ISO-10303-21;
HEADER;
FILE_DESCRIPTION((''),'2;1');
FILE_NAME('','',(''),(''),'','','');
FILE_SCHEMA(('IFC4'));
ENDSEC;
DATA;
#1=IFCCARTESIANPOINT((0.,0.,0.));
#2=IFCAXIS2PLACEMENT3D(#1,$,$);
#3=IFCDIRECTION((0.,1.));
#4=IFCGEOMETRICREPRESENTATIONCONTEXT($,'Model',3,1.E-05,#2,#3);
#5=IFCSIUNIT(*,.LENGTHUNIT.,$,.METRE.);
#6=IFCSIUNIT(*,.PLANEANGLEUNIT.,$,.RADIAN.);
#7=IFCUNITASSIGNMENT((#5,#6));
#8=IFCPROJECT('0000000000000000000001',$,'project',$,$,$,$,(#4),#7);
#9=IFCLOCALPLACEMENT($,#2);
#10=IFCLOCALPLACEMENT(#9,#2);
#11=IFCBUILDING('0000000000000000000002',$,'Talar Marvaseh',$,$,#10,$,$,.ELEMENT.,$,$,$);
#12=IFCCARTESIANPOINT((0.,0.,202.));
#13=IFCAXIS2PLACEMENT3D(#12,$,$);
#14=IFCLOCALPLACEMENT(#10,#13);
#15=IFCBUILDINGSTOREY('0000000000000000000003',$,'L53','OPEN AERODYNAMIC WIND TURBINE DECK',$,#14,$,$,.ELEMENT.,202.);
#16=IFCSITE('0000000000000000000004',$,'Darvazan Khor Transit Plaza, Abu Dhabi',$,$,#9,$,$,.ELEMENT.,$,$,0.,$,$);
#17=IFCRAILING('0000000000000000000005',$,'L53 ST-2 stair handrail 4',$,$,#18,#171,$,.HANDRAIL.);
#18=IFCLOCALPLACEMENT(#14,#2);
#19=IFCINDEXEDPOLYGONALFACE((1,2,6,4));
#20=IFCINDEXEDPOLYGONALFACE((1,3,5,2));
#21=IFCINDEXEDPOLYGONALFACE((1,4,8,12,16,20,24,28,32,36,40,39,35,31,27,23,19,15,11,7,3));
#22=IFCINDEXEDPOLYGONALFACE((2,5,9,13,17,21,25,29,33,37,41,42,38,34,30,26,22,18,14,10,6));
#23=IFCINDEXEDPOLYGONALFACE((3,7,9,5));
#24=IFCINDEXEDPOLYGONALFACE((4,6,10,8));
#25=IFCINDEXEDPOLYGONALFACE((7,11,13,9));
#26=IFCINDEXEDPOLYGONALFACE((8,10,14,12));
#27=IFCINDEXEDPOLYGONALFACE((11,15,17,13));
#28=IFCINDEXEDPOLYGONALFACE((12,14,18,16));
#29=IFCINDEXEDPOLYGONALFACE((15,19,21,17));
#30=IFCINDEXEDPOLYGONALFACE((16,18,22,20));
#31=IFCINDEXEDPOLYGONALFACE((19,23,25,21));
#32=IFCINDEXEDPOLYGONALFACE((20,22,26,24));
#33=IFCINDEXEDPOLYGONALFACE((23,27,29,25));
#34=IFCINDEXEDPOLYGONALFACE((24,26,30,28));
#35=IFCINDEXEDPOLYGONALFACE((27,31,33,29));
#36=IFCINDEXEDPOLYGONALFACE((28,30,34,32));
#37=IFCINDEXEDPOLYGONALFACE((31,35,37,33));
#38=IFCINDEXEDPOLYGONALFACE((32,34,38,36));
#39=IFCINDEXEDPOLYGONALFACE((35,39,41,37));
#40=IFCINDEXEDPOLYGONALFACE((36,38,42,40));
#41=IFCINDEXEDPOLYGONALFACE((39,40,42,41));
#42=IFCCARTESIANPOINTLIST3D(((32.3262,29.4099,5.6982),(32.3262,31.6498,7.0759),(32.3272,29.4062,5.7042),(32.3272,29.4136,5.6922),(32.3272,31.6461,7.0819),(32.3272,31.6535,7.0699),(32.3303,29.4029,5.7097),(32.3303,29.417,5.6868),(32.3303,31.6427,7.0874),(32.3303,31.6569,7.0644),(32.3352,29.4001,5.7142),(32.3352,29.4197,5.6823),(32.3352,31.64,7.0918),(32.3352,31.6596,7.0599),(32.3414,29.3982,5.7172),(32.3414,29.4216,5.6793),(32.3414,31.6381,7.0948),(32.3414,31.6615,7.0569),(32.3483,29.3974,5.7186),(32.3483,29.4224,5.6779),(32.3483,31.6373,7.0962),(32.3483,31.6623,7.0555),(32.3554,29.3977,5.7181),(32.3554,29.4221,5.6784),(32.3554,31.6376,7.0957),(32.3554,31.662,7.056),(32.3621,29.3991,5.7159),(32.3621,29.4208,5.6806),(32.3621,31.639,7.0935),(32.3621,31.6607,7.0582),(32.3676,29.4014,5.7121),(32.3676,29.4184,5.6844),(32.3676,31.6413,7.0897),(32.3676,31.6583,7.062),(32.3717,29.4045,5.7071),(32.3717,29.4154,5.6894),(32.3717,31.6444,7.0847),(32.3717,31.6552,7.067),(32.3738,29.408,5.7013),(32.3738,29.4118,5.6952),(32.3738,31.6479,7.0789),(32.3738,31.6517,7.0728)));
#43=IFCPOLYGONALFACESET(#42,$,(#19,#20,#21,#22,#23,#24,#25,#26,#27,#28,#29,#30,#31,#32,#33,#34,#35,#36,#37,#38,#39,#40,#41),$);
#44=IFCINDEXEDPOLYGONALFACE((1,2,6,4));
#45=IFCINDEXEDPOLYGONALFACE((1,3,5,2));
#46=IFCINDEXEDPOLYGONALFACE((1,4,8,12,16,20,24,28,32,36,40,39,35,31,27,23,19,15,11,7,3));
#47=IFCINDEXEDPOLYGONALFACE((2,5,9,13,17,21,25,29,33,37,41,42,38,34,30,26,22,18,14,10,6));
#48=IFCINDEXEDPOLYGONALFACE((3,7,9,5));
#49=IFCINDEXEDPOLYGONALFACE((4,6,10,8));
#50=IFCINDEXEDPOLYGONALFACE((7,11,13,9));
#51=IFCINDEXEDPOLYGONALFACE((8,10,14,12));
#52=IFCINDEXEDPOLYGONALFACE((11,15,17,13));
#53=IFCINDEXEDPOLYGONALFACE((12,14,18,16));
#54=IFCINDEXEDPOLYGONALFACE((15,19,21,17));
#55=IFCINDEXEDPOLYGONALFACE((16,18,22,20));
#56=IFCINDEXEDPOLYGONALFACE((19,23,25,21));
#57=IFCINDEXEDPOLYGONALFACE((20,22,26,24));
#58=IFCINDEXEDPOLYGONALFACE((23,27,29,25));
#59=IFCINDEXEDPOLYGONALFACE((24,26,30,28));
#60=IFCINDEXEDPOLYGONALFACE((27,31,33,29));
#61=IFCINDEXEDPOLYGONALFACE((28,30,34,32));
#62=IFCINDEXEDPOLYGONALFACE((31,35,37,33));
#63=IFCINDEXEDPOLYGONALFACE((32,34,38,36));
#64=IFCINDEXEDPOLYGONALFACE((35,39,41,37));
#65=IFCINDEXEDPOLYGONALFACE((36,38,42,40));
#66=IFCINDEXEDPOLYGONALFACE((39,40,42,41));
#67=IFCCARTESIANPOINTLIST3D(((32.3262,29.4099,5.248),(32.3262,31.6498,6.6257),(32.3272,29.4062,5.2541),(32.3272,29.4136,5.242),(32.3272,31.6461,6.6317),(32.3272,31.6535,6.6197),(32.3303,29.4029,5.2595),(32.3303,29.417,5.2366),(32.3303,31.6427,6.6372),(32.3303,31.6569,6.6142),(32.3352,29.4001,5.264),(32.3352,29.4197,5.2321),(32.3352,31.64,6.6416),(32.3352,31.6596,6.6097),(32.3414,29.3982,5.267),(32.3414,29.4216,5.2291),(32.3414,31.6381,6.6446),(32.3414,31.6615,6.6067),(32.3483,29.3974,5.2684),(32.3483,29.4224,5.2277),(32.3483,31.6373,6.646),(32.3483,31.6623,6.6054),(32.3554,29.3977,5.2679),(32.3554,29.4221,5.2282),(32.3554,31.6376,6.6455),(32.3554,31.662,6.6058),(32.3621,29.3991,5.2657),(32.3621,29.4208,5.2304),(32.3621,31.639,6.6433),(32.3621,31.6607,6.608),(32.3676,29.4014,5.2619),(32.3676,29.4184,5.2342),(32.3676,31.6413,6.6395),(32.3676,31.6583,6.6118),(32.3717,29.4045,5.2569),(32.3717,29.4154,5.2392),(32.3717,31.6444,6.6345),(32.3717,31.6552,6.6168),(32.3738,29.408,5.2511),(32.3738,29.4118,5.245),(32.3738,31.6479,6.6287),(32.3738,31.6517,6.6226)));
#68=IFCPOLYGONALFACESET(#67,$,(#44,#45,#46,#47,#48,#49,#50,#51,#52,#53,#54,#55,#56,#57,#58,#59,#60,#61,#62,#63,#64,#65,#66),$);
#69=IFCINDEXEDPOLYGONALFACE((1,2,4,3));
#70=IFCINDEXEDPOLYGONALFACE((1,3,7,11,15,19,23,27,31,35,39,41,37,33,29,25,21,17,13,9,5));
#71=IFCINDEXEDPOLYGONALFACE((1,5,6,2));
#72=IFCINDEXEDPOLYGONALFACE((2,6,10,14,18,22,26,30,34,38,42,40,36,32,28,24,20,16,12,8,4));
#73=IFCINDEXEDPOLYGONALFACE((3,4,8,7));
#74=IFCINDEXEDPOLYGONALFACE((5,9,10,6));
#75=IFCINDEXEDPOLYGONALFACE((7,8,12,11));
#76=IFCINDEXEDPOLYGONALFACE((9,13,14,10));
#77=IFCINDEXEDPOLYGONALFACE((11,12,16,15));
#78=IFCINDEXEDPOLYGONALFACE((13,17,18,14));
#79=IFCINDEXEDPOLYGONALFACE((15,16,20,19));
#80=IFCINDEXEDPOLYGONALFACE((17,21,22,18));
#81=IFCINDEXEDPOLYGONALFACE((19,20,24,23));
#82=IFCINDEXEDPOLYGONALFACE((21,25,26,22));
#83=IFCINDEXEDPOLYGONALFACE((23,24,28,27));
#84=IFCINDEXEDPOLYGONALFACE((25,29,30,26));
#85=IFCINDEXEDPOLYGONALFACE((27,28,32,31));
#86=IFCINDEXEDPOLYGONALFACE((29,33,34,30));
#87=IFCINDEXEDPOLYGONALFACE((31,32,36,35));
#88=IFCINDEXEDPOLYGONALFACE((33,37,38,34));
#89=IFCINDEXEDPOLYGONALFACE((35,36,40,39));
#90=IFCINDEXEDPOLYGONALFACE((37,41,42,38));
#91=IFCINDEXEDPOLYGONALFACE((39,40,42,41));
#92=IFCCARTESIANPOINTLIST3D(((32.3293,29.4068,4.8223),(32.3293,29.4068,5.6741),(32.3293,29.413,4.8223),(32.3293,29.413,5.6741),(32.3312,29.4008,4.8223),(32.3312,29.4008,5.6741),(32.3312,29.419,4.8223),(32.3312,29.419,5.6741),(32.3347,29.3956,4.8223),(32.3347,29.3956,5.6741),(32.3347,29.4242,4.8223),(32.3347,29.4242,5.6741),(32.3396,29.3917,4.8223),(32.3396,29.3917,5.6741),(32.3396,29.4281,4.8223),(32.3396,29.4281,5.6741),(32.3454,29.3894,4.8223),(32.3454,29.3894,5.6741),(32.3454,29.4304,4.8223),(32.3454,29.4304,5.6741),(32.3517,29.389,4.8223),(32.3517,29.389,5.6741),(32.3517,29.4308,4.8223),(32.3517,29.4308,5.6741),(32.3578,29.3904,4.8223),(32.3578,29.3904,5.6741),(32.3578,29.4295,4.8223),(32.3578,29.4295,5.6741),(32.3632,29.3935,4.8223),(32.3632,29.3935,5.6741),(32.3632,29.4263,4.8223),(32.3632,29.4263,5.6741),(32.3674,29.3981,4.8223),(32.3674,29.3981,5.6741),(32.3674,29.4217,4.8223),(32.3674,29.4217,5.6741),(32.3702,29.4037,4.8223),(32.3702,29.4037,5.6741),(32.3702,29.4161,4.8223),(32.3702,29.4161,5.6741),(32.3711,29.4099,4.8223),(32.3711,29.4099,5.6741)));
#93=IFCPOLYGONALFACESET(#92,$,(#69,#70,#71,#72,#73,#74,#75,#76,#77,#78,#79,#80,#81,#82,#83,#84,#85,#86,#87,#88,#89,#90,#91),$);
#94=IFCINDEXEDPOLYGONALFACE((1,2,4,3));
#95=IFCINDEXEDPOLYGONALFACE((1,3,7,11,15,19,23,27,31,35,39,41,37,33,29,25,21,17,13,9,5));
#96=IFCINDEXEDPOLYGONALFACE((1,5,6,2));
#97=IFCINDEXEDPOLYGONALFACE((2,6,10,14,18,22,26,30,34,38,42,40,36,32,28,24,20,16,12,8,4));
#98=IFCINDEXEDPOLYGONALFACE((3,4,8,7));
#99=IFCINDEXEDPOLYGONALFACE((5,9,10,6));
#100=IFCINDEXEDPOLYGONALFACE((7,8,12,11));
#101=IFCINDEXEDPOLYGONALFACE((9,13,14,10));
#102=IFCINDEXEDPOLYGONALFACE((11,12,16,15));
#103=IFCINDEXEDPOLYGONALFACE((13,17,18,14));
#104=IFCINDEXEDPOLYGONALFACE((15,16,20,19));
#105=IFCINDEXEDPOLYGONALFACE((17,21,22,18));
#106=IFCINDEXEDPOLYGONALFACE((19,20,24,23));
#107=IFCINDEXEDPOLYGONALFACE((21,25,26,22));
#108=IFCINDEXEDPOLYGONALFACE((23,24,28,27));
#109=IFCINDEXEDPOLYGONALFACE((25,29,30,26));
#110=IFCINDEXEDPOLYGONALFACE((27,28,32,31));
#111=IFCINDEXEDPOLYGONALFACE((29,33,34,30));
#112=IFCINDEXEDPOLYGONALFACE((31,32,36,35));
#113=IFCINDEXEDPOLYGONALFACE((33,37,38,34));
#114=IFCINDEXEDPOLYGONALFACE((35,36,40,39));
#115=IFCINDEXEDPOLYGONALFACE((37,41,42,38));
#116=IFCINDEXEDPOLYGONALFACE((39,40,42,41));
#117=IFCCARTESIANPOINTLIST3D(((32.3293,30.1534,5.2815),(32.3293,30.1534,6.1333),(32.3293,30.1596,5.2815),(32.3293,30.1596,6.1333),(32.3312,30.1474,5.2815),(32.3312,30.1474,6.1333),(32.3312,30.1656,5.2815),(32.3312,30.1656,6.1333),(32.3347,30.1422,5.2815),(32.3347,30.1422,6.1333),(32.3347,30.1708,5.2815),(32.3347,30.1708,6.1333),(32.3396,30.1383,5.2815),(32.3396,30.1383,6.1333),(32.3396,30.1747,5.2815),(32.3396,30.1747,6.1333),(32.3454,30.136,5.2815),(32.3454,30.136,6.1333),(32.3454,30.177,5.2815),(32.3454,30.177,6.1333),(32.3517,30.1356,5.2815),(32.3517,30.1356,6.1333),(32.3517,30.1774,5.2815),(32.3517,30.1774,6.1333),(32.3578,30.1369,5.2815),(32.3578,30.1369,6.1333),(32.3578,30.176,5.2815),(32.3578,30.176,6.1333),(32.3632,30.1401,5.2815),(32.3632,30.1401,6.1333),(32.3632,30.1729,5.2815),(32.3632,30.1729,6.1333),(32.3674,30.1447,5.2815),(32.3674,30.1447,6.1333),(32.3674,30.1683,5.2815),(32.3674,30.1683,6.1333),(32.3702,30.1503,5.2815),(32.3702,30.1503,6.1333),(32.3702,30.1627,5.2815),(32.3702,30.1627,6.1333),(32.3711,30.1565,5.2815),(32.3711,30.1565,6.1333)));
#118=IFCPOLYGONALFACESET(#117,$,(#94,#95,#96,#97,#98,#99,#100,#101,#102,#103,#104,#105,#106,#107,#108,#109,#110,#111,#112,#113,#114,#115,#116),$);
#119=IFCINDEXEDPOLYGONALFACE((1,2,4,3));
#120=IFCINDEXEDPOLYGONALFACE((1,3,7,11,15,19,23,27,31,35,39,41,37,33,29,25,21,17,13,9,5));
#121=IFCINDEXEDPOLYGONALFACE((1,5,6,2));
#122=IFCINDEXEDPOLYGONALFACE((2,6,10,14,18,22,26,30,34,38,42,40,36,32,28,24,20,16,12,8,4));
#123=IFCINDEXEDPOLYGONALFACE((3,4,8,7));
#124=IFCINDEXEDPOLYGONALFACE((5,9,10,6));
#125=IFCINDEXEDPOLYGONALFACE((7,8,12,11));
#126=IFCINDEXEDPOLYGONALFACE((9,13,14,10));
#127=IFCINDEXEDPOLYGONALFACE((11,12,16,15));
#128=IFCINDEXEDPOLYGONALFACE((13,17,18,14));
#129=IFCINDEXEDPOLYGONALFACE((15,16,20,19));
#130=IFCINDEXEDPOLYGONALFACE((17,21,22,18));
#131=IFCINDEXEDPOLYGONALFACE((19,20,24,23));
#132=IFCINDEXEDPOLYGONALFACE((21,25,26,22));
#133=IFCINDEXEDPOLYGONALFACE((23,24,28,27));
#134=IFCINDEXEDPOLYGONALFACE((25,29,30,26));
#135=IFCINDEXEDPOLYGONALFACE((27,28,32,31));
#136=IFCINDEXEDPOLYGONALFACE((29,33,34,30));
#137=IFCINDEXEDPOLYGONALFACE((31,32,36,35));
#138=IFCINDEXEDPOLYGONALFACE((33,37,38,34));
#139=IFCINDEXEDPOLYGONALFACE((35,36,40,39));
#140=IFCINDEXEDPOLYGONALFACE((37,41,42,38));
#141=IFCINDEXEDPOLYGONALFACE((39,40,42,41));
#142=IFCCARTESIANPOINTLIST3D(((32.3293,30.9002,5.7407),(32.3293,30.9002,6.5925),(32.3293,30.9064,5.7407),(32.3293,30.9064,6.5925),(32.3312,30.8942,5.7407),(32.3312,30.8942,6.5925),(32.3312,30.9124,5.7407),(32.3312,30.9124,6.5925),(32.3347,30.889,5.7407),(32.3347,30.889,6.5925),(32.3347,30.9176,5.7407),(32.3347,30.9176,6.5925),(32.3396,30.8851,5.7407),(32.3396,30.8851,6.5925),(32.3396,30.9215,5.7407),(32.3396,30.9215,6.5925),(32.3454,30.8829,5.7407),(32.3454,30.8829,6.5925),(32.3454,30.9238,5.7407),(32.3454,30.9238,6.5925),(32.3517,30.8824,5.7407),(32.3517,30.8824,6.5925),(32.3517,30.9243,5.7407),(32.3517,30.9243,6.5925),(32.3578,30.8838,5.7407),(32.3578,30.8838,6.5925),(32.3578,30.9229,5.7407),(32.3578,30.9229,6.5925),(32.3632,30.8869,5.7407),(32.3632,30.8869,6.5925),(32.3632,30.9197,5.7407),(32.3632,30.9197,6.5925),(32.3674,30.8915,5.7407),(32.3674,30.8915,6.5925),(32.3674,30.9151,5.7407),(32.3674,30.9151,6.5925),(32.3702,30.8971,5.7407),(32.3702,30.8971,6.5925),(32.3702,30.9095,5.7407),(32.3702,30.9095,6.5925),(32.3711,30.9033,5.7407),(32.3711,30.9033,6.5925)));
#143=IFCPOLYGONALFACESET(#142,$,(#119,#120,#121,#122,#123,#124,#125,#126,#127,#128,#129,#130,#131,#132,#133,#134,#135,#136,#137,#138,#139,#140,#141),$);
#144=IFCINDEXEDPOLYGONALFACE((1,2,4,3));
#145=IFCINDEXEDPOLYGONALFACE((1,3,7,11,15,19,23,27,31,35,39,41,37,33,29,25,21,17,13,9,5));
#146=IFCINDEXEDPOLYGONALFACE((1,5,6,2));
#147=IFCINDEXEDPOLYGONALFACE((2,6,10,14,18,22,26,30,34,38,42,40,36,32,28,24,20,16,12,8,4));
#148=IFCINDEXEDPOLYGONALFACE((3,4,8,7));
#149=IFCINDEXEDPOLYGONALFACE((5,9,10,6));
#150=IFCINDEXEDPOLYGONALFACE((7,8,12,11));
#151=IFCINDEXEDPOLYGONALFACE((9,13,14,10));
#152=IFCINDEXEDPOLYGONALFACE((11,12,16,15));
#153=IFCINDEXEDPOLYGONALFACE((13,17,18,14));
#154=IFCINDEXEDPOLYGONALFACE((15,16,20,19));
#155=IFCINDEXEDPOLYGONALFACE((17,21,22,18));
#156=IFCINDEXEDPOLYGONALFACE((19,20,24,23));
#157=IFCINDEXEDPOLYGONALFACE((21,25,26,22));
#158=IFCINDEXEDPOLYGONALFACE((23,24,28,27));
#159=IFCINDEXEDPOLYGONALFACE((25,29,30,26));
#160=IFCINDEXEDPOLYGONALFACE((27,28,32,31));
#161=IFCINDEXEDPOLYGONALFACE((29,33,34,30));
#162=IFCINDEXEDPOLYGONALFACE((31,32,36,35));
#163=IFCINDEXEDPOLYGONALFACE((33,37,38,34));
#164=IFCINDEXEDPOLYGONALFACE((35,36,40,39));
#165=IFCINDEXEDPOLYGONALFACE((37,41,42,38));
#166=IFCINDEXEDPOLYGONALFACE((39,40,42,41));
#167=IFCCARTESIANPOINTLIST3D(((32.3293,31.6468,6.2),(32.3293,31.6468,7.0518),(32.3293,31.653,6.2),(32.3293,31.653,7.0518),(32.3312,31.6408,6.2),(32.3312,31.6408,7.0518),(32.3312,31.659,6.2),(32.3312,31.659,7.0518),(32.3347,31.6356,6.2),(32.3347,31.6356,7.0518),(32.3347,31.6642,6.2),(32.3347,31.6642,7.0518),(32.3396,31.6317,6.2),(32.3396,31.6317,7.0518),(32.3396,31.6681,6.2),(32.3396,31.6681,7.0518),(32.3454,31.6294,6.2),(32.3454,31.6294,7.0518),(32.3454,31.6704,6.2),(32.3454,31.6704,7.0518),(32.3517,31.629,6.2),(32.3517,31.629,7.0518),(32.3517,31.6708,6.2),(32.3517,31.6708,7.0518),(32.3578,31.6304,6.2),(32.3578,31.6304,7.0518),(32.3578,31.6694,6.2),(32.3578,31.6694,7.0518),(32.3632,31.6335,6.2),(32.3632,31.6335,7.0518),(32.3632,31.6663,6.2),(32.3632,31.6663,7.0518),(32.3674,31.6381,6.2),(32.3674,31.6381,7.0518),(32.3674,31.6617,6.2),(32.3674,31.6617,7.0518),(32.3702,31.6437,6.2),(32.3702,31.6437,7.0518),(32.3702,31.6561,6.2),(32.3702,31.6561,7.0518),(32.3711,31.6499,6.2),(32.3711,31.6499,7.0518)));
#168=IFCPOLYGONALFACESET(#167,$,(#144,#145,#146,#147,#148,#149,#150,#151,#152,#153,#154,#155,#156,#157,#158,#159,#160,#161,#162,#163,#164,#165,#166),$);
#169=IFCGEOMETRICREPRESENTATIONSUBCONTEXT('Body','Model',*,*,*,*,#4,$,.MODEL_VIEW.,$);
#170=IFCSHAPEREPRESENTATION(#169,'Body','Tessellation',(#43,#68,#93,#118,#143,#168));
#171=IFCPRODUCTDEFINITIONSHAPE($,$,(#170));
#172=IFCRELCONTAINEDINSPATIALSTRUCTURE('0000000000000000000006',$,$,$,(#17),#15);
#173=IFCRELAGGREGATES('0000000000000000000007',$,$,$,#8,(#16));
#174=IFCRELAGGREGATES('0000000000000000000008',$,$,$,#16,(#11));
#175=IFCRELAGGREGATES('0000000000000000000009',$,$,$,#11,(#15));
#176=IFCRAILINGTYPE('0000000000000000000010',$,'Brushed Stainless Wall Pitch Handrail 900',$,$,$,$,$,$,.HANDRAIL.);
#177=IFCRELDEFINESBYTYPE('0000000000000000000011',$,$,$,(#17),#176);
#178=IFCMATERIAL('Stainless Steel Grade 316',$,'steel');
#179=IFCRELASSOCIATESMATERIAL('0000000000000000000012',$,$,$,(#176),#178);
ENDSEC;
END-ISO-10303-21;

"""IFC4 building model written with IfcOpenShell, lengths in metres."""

from ifc_helpers import new_model, si_unit, direction, frame, origin, origin_2d, place, context, subcontext, project, spatial, circle, extrude, material, type_object, element, save


model = new_model("IFC4")

# Units and contexts
model_context = context("Model", 3, precision=1e-05, world=origin(), true_north=direction((0.0, 1.0)))
body_context = subcontext(model_context, "Body", "Model", "MODEL_VIEW")
ifc_project = project(units=[si_unit("LENGTHUNIT", "METRE"), si_unit("PLANEANGLEUNIT", "RADIAN")], contexts=[model_context])

# Site, building, storey
site_placement = place(None, origin())
site = spatial("IfcSite", under=ifc_project, at=site_placement, Name="Darvazan Khor Transit Plaza, Abu Dhabi", CompositionType="ELEMENT", RefElevation=0.0)
building_placement = place(site_placement, origin())
building = spatial("IfcBuilding", under=site, at=building_placement, Name="Talar Marvaseh", CompositionType="ELEMENT")
storey_placement = place(building_placement, frame((0.0, 0.0, 202.0)))
storey = spatial("IfcBuildingStorey", under=building, at=storey_placement, Name="L53", Description="OPEN AERODYNAMIC WIND TURBINE DECK", CompositionType="ELEMENT", Elevation=202.0)

# Railing
ifc_material_1 = material(Name="Stainless Steel Grade 316", Category="steel")
railing_type_1 = type_object("IfcRailingType", Name="Brushed Stainless Wall Pitch Handrail 900", PredefinedType="HANDRAIL", material=ifc_material_1)
railing_1_placement = place(storey_placement, frame((32.3501, 29.4099, 4.8223)))
element("IfcRailing", 1, at=railing_1_placement, inside=storey, type_object=railing_type_1, Name="L53 ST-2 stair handrail 4", PredefinedType="HANDRAIL", context=body_context, shape_type="SweptSolid", body=[
    extrude(circle(Radius=0.0239, at=origin_2d()), frame((0.0, 0.0, 0.876), z_axis=(0.0, 0.851789, 0.523885), x_axis=(-1.0, 0.0, 0.0)), (0.0, 0.0, 1.0), 2.6296),
    extrude(circle(Radius=0.0239, at=origin_2d()), frame((0.0, 0.0, 0.4258), z_axis=(0.0, 0.851789, 0.523885), x_axis=(-1.0, 0.0, 0.0)), (0.0, 0.0, 1.0), 2.6296),
    extrude(circle(Radius=0.021, at=origin_2d()), origin(), (0.0, 0.0, 1.0), 0.8518),
    extrude(circle(Radius=0.021, at=origin_2d()), frame((0.0, 0.7466, 0.4592)), (0.0, 0.0, 1.0), 0.8518),
    extrude(circle(Radius=0.021, at=origin_2d()), frame((0.0, 1.4934, 0.9185)), (0.0, 0.0, 1.0), 0.8518),
    extrude(circle(Radius=0.021, at=origin_2d()), frame((0.0, 2.24, 1.3777)), (0.0, 0.0, 1.0), 0.8518),
])

save(model, "model.ifc")
